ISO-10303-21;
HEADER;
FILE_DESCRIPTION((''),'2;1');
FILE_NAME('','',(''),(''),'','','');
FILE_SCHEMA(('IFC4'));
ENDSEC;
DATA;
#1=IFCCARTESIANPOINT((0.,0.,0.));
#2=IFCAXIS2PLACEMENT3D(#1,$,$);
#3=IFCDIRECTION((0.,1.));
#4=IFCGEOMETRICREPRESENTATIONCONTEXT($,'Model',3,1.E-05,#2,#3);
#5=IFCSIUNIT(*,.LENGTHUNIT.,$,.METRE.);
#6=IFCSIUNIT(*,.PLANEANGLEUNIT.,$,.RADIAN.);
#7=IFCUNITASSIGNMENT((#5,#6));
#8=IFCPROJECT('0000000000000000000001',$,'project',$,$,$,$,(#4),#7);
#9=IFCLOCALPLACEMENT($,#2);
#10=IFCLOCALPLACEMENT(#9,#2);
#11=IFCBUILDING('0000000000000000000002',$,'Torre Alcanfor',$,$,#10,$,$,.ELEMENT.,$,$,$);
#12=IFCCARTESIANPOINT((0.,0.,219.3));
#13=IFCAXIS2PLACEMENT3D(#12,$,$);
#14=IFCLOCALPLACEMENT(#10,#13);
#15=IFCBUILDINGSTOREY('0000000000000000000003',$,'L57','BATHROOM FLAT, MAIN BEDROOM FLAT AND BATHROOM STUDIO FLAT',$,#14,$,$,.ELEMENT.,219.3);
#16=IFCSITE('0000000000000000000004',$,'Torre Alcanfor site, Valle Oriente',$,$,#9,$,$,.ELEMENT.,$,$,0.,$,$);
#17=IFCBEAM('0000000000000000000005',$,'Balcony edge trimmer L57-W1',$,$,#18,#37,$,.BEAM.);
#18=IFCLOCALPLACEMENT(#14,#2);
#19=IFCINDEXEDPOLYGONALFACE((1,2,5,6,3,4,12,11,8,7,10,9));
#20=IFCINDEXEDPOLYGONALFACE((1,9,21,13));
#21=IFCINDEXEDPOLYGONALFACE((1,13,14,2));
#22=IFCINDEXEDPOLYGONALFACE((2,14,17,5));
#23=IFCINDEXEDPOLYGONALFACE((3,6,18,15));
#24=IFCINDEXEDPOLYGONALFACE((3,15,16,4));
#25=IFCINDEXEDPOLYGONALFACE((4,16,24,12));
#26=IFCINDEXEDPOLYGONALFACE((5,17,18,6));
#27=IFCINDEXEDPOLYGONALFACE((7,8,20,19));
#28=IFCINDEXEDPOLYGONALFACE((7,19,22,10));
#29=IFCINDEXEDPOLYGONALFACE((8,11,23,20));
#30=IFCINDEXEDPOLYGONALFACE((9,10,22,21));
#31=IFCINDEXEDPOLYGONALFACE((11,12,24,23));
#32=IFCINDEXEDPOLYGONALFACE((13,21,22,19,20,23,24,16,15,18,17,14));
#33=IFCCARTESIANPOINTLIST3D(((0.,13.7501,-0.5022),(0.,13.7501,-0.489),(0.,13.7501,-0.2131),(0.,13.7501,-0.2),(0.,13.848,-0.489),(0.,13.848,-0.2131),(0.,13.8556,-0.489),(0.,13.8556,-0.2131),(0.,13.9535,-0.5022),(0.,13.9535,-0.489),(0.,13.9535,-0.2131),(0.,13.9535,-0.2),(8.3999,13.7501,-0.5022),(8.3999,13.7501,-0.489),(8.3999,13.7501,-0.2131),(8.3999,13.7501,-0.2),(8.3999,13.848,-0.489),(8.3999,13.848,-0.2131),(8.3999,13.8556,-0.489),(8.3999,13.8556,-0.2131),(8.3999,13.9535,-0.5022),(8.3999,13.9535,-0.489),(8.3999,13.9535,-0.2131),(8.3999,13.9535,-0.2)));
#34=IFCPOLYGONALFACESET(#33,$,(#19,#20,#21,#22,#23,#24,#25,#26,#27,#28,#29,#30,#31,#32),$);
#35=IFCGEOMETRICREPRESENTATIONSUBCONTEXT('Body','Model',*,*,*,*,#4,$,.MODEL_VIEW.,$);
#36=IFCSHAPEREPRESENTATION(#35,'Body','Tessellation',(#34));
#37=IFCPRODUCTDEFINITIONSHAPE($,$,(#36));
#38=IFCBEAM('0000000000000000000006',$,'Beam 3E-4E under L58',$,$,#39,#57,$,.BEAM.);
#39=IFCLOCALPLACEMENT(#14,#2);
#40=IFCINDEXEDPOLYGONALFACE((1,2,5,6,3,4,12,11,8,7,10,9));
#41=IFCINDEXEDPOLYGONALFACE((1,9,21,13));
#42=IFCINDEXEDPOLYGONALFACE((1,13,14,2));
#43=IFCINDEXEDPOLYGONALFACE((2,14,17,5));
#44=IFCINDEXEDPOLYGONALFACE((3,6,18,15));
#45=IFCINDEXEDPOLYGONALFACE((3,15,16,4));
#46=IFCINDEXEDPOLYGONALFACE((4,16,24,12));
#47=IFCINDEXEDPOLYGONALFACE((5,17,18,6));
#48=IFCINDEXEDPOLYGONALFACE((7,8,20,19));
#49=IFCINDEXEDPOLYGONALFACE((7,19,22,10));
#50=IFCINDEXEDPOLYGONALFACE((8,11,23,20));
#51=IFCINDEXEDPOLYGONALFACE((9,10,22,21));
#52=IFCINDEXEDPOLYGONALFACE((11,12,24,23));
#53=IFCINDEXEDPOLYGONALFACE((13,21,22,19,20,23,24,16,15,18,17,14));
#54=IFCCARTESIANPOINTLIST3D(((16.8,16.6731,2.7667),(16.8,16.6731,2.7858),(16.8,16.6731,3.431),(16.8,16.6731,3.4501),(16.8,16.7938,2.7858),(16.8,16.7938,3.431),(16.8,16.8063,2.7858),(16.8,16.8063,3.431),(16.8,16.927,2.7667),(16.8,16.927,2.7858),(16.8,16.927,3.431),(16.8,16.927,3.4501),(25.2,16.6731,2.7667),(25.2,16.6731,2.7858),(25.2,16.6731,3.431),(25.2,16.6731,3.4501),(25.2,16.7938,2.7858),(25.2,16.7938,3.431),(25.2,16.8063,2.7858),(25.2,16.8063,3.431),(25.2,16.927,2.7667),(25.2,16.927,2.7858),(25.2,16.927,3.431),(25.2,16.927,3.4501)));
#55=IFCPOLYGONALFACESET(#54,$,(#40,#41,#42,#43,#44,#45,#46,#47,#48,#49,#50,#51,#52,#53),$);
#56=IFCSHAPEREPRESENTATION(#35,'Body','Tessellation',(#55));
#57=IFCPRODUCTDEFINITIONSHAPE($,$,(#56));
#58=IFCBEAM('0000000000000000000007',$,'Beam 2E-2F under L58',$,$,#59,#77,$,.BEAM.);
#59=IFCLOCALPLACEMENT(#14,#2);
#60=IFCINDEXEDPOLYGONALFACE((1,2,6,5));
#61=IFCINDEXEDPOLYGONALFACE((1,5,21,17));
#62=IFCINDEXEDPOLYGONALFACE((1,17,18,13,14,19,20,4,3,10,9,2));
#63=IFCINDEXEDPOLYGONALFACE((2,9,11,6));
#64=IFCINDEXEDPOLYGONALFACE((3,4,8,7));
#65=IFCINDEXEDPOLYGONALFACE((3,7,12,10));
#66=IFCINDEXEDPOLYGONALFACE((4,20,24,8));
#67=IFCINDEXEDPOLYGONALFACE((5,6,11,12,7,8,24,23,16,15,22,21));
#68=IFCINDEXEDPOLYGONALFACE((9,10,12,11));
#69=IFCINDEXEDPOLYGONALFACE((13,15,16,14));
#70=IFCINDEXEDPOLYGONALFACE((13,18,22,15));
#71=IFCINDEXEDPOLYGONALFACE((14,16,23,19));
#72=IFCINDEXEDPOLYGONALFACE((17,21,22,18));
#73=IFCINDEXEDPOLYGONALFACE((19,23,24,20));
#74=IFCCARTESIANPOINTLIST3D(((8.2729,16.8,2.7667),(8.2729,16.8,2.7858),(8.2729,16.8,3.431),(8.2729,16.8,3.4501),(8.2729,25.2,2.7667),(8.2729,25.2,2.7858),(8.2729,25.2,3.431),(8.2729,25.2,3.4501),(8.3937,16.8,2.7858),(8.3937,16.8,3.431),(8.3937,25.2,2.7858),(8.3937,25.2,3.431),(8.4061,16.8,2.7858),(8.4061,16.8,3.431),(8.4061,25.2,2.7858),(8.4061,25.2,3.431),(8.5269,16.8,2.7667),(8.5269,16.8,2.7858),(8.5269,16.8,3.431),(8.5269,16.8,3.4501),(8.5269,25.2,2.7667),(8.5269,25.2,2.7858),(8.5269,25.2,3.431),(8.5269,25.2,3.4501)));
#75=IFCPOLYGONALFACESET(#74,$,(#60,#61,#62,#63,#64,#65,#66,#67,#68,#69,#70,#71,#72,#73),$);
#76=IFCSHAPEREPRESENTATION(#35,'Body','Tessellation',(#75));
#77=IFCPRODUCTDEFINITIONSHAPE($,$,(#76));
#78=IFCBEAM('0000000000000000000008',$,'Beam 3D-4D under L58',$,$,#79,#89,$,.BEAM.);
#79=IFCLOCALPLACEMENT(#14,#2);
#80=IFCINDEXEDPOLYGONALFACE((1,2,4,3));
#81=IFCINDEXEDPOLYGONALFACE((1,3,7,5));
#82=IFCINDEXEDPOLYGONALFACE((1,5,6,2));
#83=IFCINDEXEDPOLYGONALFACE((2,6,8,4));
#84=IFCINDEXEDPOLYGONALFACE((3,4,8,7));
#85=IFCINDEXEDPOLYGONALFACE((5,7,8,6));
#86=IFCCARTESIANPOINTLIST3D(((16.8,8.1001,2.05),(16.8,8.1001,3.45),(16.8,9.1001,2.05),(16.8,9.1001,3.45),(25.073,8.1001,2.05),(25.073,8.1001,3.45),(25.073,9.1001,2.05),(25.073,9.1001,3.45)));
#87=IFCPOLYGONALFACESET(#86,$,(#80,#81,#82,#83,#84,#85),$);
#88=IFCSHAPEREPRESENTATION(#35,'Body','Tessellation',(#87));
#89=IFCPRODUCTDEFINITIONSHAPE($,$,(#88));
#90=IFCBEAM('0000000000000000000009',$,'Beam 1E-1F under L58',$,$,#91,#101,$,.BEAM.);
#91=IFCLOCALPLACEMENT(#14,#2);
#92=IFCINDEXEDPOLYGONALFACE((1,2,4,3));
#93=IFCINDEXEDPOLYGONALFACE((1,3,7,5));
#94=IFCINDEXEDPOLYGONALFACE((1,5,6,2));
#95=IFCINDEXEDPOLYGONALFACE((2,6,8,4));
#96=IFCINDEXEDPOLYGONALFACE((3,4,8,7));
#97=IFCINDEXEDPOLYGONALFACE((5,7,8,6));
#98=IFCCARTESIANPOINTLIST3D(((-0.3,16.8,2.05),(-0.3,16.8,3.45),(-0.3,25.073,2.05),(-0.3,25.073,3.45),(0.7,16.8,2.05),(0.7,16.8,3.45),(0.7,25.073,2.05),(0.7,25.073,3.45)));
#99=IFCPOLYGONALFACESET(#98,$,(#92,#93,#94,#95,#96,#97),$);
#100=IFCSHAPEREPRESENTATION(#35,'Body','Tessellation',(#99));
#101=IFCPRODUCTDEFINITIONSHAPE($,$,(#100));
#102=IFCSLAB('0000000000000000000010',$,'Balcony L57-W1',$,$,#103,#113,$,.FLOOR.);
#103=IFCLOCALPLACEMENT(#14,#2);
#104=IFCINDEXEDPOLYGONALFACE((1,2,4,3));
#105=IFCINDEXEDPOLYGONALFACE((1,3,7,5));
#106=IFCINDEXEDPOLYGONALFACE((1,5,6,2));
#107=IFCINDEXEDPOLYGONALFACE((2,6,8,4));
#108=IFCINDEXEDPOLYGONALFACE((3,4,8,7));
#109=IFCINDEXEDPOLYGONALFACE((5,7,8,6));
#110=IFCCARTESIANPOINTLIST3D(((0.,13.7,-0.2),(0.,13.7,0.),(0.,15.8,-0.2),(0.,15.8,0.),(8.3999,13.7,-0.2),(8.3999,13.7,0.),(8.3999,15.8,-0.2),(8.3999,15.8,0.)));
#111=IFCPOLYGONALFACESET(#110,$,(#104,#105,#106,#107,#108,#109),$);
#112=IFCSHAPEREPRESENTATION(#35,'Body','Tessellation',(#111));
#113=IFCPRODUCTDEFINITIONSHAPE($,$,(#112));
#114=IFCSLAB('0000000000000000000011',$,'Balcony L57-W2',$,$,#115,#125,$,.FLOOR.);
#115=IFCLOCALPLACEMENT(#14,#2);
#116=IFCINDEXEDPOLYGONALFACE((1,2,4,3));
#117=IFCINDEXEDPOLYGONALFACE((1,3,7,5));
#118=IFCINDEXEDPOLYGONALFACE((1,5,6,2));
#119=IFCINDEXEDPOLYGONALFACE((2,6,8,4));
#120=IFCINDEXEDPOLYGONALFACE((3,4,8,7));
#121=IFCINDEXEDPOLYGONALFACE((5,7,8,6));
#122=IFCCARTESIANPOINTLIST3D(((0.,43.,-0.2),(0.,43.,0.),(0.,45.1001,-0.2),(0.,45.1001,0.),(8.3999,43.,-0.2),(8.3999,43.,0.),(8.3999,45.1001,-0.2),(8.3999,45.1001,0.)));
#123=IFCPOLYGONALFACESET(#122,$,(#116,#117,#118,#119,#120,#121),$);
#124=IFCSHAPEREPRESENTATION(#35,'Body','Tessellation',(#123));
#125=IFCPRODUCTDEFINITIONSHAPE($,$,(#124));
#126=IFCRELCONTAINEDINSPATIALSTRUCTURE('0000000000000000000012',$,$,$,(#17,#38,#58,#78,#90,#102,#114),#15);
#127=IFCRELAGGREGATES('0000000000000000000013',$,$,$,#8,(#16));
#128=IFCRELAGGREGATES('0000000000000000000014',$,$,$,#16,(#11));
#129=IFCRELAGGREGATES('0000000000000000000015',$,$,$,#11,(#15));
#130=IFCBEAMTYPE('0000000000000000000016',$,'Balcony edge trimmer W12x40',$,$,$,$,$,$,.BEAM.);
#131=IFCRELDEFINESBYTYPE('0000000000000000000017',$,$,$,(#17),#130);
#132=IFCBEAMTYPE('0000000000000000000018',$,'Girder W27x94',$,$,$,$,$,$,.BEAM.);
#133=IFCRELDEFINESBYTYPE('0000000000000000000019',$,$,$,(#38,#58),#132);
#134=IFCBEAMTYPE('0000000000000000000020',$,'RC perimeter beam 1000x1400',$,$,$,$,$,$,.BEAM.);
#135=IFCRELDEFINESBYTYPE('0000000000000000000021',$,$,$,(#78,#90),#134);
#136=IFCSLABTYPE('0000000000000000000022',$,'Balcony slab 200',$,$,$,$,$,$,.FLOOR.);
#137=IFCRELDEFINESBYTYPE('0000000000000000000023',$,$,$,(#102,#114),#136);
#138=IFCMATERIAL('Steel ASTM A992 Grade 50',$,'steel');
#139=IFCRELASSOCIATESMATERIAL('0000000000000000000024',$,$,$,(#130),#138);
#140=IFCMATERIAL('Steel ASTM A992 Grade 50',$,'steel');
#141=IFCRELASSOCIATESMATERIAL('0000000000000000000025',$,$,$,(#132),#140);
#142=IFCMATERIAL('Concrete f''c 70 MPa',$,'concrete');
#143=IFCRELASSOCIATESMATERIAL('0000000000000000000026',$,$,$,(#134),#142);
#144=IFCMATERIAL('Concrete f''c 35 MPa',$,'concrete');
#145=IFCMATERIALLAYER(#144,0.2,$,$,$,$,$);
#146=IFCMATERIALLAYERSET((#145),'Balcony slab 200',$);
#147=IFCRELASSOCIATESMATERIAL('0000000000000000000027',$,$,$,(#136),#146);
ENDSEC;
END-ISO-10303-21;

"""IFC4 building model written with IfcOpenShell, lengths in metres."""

from ifc_helpers import new_model, si_unit, direction, frame, origin, origin_2d, place, context, subcontext, project, spatial, polyline, rectangle, i_section, outline, extrude, material, layer, layer_set, material_profile, profile_set, type_object, element, save


model = new_model("IFC4")

# Units and contexts
model_context = context("Model", 3, precision=1e-05, world=origin(), true_north=direction((0.0, 1.0)))
body_context = subcontext(model_context, "Body", "Model", "MODEL_VIEW")
ifc_project = project(units=[si_unit("LENGTHUNIT", "METRE"), si_unit("PLANEANGLEUNIT", "RADIAN")], contexts=[model_context])

# Site, building, storey
site_placement = place(None, origin())
site = spatial("IfcSite", under=ifc_project, at=site_placement, Name="Torre Alcanfor site, Valle Oriente", CompositionType="ELEMENT", RefElevation=0.0)
building_placement = place(site_placement, origin())
building = spatial("IfcBuilding", under=site, at=building_placement, Name="Torre Alcanfor", CompositionType="ELEMENT")
storey_placement = place(building_placement, frame((0.0, 0.0, 219.3)))
storey = spatial("IfcBuildingStorey", under=building, at=storey_placement, Name="L57", Description="BATHROOM FLAT, MAIN BEDROOM FLAT AND BATHROOM STUDIO FLAT", CompositionType="ELEMENT", Elevation=219.3)

# Beams
ifc_material_1 = material(Name="Steel ASTM A992 Grade 50", Category="steel")
ifc_material_profile_1 = material_profile(ifc_material_1, i_section(OverallWidth=0.2034, OverallDepth=0.3022, WebThickness=0.0076, FlangeThickness=0.0132, at=origin_2d()), Name="W12x40")
ifc_profile_set_1 = profile_set([ifc_material_profile_1], Name="Steel ASTM A992 Grade 50")
beam_type_1 = type_object("IfcBeamType", Name="Balcony edge trimmer W12x40", PredefinedType="BEAM", material=ifc_profile_set_1)
beam_placement = place(storey_placement, frame((8.3999, 13.8518, -0.3511), z_axis=(-1.0, 0.0, 0.0), x_axis=(0.0, -1.0, 0.0)))
element("IfcBeam", 1, at=beam_placement, inside=storey, type_object=beam_type_1, Name="Balcony edge trimmer L57-W1", PredefinedType="BEAM", context=body_context, shape_type="SweptSolid", body=[
    extrude(i_section(OverallWidth=0.2034, OverallDepth=0.3022, WebThickness=0.0076, FlangeThickness=0.0132, at=origin_2d()), origin(), (0.0, 0.0, 1.0), 8.3999),
])
ifc_material_2 = material(Name="Steel ASTM A992 Grade 50", Category="steel")
ifc_material_profile_2 = material_profile(ifc_material_2, i_section(OverallWidth=0.2539, OverallDepth=0.6833, WebThickness=0.0125, FlangeThickness=0.019, at=origin_2d()), Name="W27x94")
ifc_profile_set_2 = profile_set([ifc_material_profile_2], Name="Steel ASTM A992 Grade 50")
beam_type_2 = type_object("IfcBeamType", Name="Girder W27x94", PredefinedType="BEAM", material=ifc_profile_set_2)
for number, where, z_axis, x_axis, name in (
    (2, (16.8, 16.8, 3.1084), (1.0, 0.0, 0.0), (0.0, 1.0, 0.0), "Beam 3E-4E under L58"),
    (3, (8.3999, 16.8, 3.1084), (0.0, 1.0, 0.0), (-1.0, 0.0, 0.0), "Beam 2E-2F under L58"),
):
    element("IfcBeam", number, at=place(storey_placement, frame(where, z_axis=z_axis, x_axis=x_axis)), inside=storey, type_object=beam_type_2, Name=name, PredefinedType="BEAM", context=body_context, shape_type="SweptSolid", body=[
        extrude(i_section(OverallWidth=0.2539, OverallDepth=0.6833, WebThickness=0.0125, FlangeThickness=0.019, at=origin_2d()), origin(), (0.0, 0.0, 1.0), 8.3999),
    ])
ifc_material_3 = material(Name="Concrete f'c 70 MPa", Category="concrete")
ifc_material_profile_3 = material_profile(ifc_material_3, rectangle(XDim=1.0, YDim=1.3999, at=origin_2d()), Name="1000x1400")
ifc_profile_set_3 = profile_set([ifc_material_profile_3], Name="Concrete f'c 70 MPa")
beam_type_3 = type_object("IfcBeamType", Name="RC perimeter beam 1000x1400", PredefinedType="BEAM", material=ifc_profile_set_3)
for number, where, z_axis, x_axis, name in (
    (4, (16.8, 8.6001, 2.75), (1.0, 0.0, 0.0), (0.0, 1.0, 0.0), "Beam 3D-4D under L58"),
    (5, (0.2, 16.8, 2.75), (0.0, 1.0, 0.0), (-1.0, 0.0, 0.0), "Beam 1E-1F under L58"),
):
    element("IfcBeam", number, at=place(storey_placement, frame(where, z_axis=z_axis, x_axis=x_axis)), inside=storey, type_object=beam_type_3, Name=name, PredefinedType="BEAM", context=body_context, shape_type="SweptSolid", body=[
        extrude(rectangle(XDim=1.0, YDim=1.3999, at=origin_2d()), origin(), (0.0, 0.0, 1.0), 8.2729),
    ])

# Slabs
ifc_material_4 = material(Name="Concrete f'c 35 MPa", Category="concrete")
ifc_layer_1 = layer(ifc_material_4, 0.2)
ifc_layer_set_1 = layer_set([ifc_layer_1], Name="Balcony slab 200")
slab_type_1 = type_object("IfcSlabType", Name="Balcony slab 200", PredefinedType="FLOOR", material=ifc_layer_set_1)
slab_1_placement = place(storey_placement, frame((0.0, 0.0, -0.2)))
element("IfcSlab", 6, at=slab_1_placement, inside=storey, type_object=slab_type_1, Name="Balcony L57-W1", PredefinedType="FLOOR", context=body_context, shape_type="SweptSolid", body=[
    extrude(outline(polyline([(8.3999, 15.8), (0.0, 15.8), (0.0, 13.7), (8.3999, 13.7), (8.3999, 15.8)])), origin(), (0.0, 0.0, 1.0), 0.2),
])
slab_2_placement = place(storey_placement, frame((0.0, 0.0, -0.2)))
element("IfcSlab", 7, at=slab_2_placement, inside=storey, type_object=slab_type_1, Name="Balcony L57-W2", PredefinedType="FLOOR", context=body_context, shape_type="SweptSolid", body=[
    extrude(outline(polyline([(8.3999, 45.1001), (0.0, 45.1001), (0.0, 43.0), (8.3999, 43.0), (8.3999, 45.1001)])), origin(), (0.0, 0.0, 1.0), 0.2),
])

save(model, "model.ifc")
